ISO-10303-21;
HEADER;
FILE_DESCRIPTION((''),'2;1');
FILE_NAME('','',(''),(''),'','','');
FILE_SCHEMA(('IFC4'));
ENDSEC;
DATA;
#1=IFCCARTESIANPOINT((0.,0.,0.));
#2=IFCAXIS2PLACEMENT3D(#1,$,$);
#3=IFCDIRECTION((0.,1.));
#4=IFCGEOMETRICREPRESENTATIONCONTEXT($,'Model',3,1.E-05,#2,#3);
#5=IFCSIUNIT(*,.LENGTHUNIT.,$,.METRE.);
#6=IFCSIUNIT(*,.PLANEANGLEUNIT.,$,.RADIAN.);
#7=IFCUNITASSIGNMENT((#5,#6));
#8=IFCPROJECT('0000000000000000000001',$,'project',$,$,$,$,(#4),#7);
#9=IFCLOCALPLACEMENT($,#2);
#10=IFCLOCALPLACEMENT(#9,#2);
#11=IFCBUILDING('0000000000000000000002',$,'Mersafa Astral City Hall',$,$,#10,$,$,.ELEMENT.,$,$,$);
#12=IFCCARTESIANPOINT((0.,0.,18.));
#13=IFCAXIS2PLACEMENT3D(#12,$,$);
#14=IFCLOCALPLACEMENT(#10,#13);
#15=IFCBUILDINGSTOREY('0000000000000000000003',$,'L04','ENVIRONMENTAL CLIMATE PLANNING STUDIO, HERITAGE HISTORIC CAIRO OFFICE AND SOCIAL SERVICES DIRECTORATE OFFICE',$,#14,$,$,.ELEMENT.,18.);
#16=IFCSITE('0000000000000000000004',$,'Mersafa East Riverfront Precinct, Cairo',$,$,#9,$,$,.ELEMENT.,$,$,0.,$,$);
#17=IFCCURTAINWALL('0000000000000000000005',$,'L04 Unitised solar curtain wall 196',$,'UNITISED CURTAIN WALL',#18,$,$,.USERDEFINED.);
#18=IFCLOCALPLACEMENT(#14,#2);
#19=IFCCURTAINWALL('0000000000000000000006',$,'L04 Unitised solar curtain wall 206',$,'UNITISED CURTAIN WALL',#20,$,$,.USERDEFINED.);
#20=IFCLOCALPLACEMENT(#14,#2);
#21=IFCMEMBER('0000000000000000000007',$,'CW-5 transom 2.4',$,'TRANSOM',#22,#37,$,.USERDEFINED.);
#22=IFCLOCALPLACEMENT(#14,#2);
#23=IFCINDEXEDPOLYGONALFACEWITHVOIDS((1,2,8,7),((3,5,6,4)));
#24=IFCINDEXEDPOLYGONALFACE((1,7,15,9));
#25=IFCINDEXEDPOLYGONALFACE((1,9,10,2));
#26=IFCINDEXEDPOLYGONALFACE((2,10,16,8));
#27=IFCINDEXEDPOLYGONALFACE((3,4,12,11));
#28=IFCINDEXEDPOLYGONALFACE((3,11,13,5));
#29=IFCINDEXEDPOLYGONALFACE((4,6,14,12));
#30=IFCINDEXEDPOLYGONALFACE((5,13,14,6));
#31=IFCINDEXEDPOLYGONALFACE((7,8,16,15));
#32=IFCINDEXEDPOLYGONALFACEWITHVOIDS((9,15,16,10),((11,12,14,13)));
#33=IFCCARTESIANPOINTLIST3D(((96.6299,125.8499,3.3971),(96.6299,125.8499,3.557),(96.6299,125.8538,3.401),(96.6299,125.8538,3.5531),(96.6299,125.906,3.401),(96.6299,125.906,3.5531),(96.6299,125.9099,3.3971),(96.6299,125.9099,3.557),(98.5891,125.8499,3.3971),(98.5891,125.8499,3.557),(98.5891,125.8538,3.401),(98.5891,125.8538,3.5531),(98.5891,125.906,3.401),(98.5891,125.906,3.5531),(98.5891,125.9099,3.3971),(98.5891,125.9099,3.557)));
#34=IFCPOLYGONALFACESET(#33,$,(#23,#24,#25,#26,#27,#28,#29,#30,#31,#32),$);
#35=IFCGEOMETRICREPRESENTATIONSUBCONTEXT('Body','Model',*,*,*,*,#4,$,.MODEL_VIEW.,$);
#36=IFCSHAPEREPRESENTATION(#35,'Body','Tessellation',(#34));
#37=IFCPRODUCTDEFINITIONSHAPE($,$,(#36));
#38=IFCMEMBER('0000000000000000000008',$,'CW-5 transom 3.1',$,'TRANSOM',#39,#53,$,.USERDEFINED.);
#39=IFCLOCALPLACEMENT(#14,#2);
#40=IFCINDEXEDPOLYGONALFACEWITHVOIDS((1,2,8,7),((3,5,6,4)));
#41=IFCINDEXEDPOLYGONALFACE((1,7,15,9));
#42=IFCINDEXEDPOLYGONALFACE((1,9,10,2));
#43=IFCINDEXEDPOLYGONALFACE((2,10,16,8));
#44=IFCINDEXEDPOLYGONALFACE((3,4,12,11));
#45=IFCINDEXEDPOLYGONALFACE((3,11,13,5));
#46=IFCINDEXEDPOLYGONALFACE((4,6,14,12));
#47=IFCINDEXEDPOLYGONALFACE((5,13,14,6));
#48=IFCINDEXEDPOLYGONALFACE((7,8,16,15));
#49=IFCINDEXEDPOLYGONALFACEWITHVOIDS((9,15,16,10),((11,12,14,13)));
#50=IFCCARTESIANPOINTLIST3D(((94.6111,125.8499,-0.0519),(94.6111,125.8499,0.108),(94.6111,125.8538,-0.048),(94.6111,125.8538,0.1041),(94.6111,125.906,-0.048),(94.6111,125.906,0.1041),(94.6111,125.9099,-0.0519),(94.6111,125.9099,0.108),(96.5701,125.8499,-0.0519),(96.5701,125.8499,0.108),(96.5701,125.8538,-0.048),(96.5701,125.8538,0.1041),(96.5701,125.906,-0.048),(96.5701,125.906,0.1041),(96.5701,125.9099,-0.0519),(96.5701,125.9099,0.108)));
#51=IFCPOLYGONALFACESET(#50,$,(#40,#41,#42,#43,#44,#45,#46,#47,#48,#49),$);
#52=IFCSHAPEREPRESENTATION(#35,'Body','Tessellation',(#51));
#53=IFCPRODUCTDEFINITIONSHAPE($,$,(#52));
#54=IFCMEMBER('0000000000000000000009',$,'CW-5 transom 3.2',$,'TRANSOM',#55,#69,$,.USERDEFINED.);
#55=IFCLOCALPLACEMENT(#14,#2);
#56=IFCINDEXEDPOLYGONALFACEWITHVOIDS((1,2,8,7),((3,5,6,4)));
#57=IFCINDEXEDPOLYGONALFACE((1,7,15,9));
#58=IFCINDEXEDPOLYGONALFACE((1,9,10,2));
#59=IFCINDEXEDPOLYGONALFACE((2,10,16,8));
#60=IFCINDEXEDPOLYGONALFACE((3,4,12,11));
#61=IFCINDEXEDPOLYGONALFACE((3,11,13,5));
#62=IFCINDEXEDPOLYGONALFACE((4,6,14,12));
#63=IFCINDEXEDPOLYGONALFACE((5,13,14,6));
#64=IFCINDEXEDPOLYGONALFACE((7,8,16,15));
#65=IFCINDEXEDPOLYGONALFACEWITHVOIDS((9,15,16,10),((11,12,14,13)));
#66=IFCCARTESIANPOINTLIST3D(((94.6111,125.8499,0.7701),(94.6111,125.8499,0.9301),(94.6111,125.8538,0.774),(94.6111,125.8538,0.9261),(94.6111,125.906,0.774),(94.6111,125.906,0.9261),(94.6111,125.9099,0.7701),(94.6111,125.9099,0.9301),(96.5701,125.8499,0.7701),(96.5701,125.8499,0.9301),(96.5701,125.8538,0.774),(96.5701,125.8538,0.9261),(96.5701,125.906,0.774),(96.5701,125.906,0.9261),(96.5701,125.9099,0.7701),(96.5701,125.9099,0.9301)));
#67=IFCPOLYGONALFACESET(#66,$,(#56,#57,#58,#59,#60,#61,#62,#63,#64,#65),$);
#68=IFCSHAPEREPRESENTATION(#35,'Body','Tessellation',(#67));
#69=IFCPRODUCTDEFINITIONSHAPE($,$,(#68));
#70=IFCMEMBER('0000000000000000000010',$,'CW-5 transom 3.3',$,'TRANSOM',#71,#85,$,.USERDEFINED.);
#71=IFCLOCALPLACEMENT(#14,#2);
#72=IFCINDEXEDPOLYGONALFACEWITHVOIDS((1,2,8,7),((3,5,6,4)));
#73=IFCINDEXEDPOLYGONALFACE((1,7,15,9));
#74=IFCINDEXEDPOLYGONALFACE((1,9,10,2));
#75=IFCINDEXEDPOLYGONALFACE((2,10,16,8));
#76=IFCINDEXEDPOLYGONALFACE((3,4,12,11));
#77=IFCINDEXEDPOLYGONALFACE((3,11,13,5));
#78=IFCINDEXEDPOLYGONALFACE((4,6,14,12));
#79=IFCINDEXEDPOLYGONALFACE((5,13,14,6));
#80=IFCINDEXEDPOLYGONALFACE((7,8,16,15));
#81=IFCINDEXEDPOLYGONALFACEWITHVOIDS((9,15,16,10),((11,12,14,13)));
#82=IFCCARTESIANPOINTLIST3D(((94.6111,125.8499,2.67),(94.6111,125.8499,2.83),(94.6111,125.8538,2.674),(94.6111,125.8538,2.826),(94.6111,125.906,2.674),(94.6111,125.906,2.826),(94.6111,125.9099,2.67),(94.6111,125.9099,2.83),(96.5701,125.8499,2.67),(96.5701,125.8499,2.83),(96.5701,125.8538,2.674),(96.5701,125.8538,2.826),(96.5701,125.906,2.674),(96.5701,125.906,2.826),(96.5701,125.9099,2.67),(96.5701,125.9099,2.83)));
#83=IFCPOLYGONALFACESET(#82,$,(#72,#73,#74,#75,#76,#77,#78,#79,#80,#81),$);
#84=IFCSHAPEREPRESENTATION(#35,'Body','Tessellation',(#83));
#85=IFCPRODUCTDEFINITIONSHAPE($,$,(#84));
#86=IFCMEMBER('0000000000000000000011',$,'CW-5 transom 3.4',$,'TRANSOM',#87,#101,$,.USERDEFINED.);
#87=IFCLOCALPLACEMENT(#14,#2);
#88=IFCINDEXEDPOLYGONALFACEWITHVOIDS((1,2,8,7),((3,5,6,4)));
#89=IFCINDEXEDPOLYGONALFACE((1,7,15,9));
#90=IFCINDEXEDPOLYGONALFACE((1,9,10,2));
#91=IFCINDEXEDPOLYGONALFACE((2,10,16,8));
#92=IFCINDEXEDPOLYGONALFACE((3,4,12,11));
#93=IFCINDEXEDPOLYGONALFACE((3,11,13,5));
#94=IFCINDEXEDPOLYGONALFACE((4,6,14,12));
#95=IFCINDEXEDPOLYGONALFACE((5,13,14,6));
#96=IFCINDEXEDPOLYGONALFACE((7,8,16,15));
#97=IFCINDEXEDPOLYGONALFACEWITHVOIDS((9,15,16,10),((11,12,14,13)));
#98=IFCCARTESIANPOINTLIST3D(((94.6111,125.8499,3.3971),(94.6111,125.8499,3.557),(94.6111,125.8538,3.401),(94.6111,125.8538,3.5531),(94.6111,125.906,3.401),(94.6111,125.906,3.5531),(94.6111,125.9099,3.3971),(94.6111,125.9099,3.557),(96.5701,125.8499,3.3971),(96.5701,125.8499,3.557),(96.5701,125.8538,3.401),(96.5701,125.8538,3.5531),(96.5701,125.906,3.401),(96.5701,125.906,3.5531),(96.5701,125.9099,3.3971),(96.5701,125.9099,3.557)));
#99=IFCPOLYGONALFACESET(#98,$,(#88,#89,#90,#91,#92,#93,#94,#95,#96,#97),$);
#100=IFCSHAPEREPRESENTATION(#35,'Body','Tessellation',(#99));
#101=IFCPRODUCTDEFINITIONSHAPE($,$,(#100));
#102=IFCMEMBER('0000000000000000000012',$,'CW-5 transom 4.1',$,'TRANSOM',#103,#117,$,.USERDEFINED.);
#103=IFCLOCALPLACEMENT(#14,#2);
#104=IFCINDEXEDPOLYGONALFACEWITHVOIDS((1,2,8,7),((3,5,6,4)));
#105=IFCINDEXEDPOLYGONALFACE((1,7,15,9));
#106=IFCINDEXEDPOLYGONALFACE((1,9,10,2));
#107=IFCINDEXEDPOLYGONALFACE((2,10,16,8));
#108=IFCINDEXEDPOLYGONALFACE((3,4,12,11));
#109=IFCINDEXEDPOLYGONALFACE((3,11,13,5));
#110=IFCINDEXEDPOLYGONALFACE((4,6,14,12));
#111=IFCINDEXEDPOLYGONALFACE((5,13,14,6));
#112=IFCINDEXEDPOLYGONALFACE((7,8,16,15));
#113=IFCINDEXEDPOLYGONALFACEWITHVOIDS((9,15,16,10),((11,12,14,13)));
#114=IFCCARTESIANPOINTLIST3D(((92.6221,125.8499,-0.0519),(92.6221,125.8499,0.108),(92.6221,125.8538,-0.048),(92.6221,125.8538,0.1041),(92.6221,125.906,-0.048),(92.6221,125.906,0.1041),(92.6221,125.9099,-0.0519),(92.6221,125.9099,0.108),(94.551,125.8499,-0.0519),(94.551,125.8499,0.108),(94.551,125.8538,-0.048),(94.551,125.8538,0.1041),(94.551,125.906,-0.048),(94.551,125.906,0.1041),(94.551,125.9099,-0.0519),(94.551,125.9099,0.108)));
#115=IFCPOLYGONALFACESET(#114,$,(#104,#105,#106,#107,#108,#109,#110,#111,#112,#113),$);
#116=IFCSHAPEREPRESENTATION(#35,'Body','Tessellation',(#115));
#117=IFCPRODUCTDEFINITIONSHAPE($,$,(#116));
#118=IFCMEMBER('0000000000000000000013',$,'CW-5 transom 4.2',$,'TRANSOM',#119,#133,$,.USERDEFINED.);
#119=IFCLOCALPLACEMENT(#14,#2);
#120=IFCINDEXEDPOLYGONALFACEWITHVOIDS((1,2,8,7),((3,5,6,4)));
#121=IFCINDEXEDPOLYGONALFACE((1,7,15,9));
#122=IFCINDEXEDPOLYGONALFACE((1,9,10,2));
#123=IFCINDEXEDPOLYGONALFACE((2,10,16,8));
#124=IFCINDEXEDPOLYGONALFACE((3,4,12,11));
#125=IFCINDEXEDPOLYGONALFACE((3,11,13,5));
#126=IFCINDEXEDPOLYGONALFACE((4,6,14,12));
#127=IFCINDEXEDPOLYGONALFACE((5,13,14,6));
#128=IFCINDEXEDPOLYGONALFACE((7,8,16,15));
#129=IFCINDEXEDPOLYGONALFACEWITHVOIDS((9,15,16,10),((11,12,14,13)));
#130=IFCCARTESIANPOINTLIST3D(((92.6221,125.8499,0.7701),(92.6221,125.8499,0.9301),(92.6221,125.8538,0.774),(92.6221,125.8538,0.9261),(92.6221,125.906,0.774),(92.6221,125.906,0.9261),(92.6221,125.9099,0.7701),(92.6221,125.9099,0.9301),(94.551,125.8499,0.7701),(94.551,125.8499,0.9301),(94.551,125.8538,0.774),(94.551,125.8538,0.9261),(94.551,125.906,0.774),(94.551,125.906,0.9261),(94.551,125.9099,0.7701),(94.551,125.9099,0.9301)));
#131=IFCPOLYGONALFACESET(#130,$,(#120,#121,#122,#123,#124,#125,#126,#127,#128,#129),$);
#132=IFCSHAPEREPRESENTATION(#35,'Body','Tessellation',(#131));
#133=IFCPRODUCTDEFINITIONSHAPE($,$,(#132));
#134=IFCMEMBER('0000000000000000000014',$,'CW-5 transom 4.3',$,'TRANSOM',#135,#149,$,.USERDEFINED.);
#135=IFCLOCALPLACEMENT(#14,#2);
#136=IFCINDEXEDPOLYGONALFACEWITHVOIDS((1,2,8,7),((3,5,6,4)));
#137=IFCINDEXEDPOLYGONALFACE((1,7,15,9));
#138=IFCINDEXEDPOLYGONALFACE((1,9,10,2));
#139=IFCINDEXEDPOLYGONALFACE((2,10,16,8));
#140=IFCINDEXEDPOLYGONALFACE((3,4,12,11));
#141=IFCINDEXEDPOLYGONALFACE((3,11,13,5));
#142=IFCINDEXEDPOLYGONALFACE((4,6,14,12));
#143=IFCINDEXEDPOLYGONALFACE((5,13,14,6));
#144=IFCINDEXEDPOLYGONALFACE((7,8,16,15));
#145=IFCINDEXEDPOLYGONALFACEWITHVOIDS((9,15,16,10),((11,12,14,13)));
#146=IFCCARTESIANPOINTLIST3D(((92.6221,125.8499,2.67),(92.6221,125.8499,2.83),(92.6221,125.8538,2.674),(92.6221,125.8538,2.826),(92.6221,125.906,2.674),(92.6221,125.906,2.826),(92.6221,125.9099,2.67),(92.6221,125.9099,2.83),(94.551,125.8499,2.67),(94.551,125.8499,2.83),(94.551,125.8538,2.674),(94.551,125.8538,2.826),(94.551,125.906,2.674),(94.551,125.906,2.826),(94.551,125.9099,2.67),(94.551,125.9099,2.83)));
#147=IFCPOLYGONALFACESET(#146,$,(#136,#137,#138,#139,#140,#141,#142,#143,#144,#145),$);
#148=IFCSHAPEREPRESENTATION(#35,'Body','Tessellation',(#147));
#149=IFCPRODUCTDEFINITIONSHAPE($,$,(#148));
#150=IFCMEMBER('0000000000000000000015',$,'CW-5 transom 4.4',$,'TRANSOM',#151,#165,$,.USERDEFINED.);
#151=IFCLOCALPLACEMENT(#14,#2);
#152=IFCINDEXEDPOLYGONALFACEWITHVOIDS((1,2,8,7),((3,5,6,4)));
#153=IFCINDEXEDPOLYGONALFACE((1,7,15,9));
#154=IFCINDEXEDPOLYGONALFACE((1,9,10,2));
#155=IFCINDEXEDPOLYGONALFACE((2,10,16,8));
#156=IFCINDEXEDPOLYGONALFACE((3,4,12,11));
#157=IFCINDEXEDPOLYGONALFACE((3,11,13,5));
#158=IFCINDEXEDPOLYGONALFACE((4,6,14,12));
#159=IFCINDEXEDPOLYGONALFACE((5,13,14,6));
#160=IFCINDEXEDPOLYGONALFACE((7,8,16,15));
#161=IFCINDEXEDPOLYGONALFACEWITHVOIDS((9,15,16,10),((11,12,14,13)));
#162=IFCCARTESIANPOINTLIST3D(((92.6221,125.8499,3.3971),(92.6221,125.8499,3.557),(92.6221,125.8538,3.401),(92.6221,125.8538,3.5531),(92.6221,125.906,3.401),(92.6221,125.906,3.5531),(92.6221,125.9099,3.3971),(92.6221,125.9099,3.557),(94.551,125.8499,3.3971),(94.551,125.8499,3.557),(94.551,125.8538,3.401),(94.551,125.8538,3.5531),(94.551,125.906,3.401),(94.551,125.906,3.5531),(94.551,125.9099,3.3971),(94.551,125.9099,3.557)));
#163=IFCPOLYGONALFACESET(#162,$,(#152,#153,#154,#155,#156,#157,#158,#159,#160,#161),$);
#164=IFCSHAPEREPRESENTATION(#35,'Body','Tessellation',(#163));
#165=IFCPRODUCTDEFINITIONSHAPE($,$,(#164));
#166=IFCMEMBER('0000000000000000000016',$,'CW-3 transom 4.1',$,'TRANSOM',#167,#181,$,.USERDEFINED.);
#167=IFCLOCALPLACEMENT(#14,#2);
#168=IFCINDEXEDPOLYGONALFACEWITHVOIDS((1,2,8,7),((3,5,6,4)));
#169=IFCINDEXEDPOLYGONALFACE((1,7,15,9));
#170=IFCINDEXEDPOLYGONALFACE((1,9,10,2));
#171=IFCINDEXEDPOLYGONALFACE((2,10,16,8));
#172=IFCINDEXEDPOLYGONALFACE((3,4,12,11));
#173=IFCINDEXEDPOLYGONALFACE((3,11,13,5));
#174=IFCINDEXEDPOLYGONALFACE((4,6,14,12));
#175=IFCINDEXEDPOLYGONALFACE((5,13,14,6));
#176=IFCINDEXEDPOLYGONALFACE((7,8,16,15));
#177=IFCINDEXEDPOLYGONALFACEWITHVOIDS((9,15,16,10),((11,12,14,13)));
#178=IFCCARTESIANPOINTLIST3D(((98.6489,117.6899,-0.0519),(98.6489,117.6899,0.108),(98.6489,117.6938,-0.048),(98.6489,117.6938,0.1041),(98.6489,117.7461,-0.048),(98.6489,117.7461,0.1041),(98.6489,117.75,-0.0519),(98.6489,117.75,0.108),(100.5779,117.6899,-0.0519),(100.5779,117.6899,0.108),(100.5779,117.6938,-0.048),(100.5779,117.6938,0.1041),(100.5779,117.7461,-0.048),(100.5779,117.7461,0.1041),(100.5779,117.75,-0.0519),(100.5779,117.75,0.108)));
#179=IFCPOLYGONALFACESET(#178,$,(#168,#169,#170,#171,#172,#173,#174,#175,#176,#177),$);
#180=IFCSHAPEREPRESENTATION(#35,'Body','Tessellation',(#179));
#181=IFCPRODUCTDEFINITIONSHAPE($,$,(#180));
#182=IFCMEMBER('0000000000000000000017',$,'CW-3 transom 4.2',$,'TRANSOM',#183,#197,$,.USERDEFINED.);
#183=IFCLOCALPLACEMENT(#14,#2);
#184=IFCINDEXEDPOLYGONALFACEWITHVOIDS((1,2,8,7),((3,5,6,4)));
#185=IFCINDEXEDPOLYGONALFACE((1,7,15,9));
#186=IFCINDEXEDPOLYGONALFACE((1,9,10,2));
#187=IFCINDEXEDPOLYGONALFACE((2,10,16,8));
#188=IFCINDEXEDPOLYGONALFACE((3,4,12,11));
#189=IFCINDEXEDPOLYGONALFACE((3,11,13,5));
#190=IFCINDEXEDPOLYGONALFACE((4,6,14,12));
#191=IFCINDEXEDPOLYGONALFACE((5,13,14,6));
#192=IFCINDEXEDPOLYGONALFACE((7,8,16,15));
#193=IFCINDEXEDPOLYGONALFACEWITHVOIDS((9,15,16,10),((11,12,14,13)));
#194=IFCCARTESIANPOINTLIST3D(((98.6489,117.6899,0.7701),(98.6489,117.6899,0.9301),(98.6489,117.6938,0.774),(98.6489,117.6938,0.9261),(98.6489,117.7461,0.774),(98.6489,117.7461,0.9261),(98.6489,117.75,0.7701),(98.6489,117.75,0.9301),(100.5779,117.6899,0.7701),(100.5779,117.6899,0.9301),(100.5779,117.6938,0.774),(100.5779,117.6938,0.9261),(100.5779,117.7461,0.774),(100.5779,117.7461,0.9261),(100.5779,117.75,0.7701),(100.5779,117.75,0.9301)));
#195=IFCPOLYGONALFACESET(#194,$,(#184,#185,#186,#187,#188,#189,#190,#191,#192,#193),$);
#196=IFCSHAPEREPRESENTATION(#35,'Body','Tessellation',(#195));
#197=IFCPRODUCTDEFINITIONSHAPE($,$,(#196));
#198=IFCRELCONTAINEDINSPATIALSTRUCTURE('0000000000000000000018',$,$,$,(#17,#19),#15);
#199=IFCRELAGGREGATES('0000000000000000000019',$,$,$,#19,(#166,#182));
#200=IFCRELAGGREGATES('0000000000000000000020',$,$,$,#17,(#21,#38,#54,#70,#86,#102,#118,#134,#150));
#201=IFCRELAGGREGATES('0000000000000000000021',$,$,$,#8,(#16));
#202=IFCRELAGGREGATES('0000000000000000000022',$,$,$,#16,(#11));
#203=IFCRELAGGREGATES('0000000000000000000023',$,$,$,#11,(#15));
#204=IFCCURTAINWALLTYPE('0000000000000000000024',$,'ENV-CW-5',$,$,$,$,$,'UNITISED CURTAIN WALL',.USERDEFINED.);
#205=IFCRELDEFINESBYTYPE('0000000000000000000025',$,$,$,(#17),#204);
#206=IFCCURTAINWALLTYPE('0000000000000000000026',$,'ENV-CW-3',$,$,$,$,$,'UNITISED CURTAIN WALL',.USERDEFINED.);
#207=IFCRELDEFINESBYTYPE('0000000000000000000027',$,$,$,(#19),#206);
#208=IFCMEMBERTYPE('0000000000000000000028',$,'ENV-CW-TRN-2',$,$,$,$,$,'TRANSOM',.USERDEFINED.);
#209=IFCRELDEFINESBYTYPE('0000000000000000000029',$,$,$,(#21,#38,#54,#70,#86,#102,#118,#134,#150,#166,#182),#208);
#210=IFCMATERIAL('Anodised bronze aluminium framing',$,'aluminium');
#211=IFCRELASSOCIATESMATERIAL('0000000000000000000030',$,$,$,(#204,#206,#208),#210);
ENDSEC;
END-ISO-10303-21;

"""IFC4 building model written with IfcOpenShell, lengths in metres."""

from ifc_helpers import new_model, si_unit, direction, frame, origin, origin_2d, place, context, subcontext, project, spatial, hollow_rectangle, extrude, material, material_profile, profile_set, type_object, element, aggregate, save


model = new_model("IFC4")

# Units and contexts
model_context = context("Model", 3, precision=1e-05, world=origin(), true_north=direction((0.0, 1.0)))
body_context = subcontext(model_context, "Body", "Model", "MODEL_VIEW")
ifc_project = project(units=[si_unit("LENGTHUNIT", "METRE"), si_unit("PLANEANGLEUNIT", "RADIAN")], contexts=[model_context])

# Site, building, storey
site_placement = place(None, origin())
site = spatial("IfcSite", under=ifc_project, at=site_placement, Name="Mersafa East Riverfront Precinct, Cairo", CompositionType="ELEMENT", RefElevation=0.0)
building_placement = place(site_placement, origin())
building = spatial("IfcBuilding", under=site, at=building_placement, Name="Mersafa Astral City Hall", CompositionType="ELEMENT")
storey_placement = place(building_placement, frame((0.0, 0.0, 18.0)))
storey = spatial("IfcBuildingStorey", under=building, at=storey_placement, Name="L04", Description="ENVIRONMENTAL CLIMATE PLANNING STUDIO, HERITAGE HISTORIC CAIRO OFFICE AND SOCIAL SERVICES DIRECTORATE OFFICE", CompositionType="ELEMENT", Elevation=18.0)

# Curtain wall
ifc_material_1 = material(Name="Anodised bronze aluminium framing", Category="aluminium")
curtain_wall_type_1 = type_object("IfcCurtainWallType", Name="ENV-CW-5", ElementType="UNITISED CURTAIN WALL", PredefinedType="USERDEFINED", material=ifc_material_1)
curtain_wall_1_placement = place(storey_placement, origin())
curtain_wall_1 = element("IfcCurtainWall", 1, at=curtain_wall_1_placement, inside=storey, type_object=curtain_wall_type_1, Name="L04 Unitised solar curtain wall 196", ObjectType="UNITISED CURTAIN WALL", PredefinedType="USERDEFINED")

# Curtain wall
curtain_wall_type_2 = type_object("IfcCurtainWallType", Name="ENV-CW-3", ElementType="UNITISED CURTAIN WALL", PredefinedType="USERDEFINED", material=ifc_material_1)
curtain_wall_2_placement = place(storey_placement, origin())
curtain_wall_2 = element("IfcCurtainWall", 2, at=curtain_wall_2_placement, inside=storey, type_object=curtain_wall_type_2, Name="L04 Unitised solar curtain wall 206", ObjectType="UNITISED CURTAIN WALL", PredefinedType="USERDEFINED")

# Members
ifc_material_profile_1 = material_profile(ifc_material_1, hollow_rectangle(XDim=0.0601, YDim=0.1599, WallThickness=0.0039, at=origin_2d()), Name="RHS 60x160x4")
ifc_profile_set_1 = profile_set([ifc_material_profile_1], Name="Anodised bronze aluminium framing")
member_type_1 = type_object("IfcMemberType", Name="ENV-CW-TRN-2", ElementType="TRANSOM", PredefinedType="USERDEFINED", material=ifc_profile_set_1)
member_1_placement = place(storey_placement, frame((98.5891, 125.8799, 3.4771), z_axis=(-1.0, 0.0, 0.0), x_axis=(0.0, -1.0, 0.0)))
member_1 = element("IfcMember", 3, at=member_1_placement, type_object=member_type_1, Name="CW-5 transom 2.4", ObjectType="TRANSOM", PredefinedType="USERDEFINED", context=body_context, shape_type="SweptSolid", body=[
    extrude(hollow_rectangle(XDim=0.0601, YDim=0.1599, WallThickness=0.0039, at=origin_2d()), origin(), (0.0, 0.0, 1.0), 1.9592),
])
member_2_placement = place(storey_placement, frame((96.5701, 125.8799, 0.0281), z_axis=(-1.0, 0.0, 0.0), x_axis=(0.0, -1.0, 0.0)))
member_2 = element("IfcMember", 4, at=member_2_placement, type_object=member_type_1, Name="CW-5 transom 3.1", ObjectType="TRANSOM", PredefinedType="USERDEFINED", context=body_context, shape_type="SweptSolid", body=[
    extrude(hollow_rectangle(XDim=0.0601, YDim=0.1599, WallThickness=0.0039, at=origin_2d()), origin(), (0.0, 0.0, 1.0), 1.959),
])
member_3_placement = place(storey_placement, frame((96.5701, 125.8799, 0.8501), z_axis=(-1.0, 0.0, 0.0), x_axis=(0.0, -1.0, 0.0)))
member_3 = element("IfcMember", 5, at=member_3_placement, type_object=member_type_1, Name="CW-5 transom 3.2", ObjectType="TRANSOM", PredefinedType="USERDEFINED", context=body_context, shape_type="SweptSolid", body=[
    extrude(hollow_rectangle(XDim=0.0601, YDim=0.1599, WallThickness=0.0039, at=origin_2d()), origin(), (0.0, 0.0, 1.0), 1.959),
])
member_4_placement = place(storey_placement, frame((96.5701, 125.8799, 2.75), z_axis=(-1.0, 0.0, 0.0), x_axis=(0.0, -1.0, 0.0)))
member_4 = element("IfcMember", 6, at=member_4_placement, type_object=member_type_1, Name="CW-5 transom 3.3", ObjectType="TRANSOM", PredefinedType="USERDEFINED", context=body_context, shape_type="SweptSolid", body=[
    extrude(hollow_rectangle(XDim=0.0601, YDim=0.1599, WallThickness=0.0039, at=origin_2d()), origin(), (0.0, 0.0, 1.0), 1.959),
])
member_5_placement = place(storey_placement, frame((96.5701, 125.8799, 3.4771), z_axis=(-1.0, 0.0, 0.0), x_axis=(0.0, -1.0, 0.0)))
member_5 = element("IfcMember", 7, at=member_5_placement, type_object=member_type_1, Name="CW-5 transom 3.4", ObjectType="TRANSOM", PredefinedType="USERDEFINED", context=body_context, shape_type="SweptSolid", body=[
    extrude(hollow_rectangle(XDim=0.0601, YDim=0.1599, WallThickness=0.0039, at=origin_2d()), origin(), (0.0, 0.0, 1.0), 1.959),
])
member_6_placement = place(storey_placement, frame((94.551, 125.8799, 0.0281), z_axis=(-1.0, 0.0, 0.0), x_axis=(0.0, -1.0, 0.0)))
member_6 = element("IfcMember", 8, at=member_6_placement, type_object=member_type_1, Name="CW-5 transom 4.1", ObjectType="TRANSOM", PredefinedType="USERDEFINED", context=body_context, shape_type="SweptSolid", body=[
    extrude(hollow_rectangle(XDim=0.0601, YDim=0.1599, WallThickness=0.0039, at=origin_2d()), origin(), (0.0, 0.0, 1.0), 1.929),
])
member_7_placement = place(storey_placement, frame((94.551, 125.8799, 0.8501), z_axis=(-1.0, 0.0, 0.0), x_axis=(0.0, -1.0, 0.0)))
member_7 = element("IfcMember", 9, at=member_7_placement, type_object=member_type_1, Name="CW-5 transom 4.2", ObjectType="TRANSOM", PredefinedType="USERDEFINED", context=body_context, shape_type="SweptSolid", body=[
    extrude(hollow_rectangle(XDim=0.0601, YDim=0.1599, WallThickness=0.0039, at=origin_2d()), origin(), (0.0, 0.0, 1.0), 1.929),
])
member_8_placement = place(storey_placement, frame((94.551, 125.8799, 2.75), z_axis=(-1.0, 0.0, 0.0), x_axis=(0.0, -1.0, 0.0)))
member_8 = element("IfcMember", 10, at=member_8_placement, type_object=member_type_1, Name="CW-5 transom 4.3", ObjectType="TRANSOM", PredefinedType="USERDEFINED", context=body_context, shape_type="SweptSolid", body=[
    extrude(hollow_rectangle(XDim=0.0601, YDim=0.1599, WallThickness=0.0039, at=origin_2d()), origin(), (0.0, 0.0, 1.0), 1.929),
])
member_9_placement = place(storey_placement, frame((94.551, 125.8799, 3.4771), z_axis=(-1.0, 0.0, 0.0), x_axis=(0.0, -1.0, 0.0)))
member_9 = element("IfcMember", 11, at=member_9_placement, type_object=member_type_1, Name="CW-5 transom 4.4", ObjectType="TRANSOM", PredefinedType="USERDEFINED", context=body_context, shape_type="SweptSolid", body=[
    extrude(hollow_rectangle(XDim=0.0601, YDim=0.1599, WallThickness=0.0039, at=origin_2d()), origin(), (0.0, 0.0, 1.0), 1.929),
])
member_10_placement = place(storey_placement, frame((98.6489, 117.72, 0.0281), z_axis=(1.0, 0.0, 0.0), x_axis=(0.0, 1.0, 0.0)))
member_10 = element("IfcMember", 12, at=member_10_placement, type_object=member_type_1, Name="CW-3 transom 4.1", ObjectType="TRANSOM", PredefinedType="USERDEFINED", context=body_context, shape_type="SweptSolid", body=[
    extrude(hollow_rectangle(XDim=0.0601, YDim=0.1599, WallThickness=0.0039, at=origin_2d()), origin(), (0.0, 0.0, 1.0), 1.929),
])
member_11_placement = place(storey_placement, frame((98.6489, 117.72, 0.8501), z_axis=(1.0, 0.0, 0.0), x_axis=(0.0, 1.0, 0.0)))
member_11 = element("IfcMember", 13, at=member_11_placement, type_object=member_type_1, Name="CW-3 transom 4.2", ObjectType="TRANSOM", PredefinedType="USERDEFINED", context=body_context, shape_type="SweptSolid", body=[
    extrude(hollow_rectangle(XDim=0.0601, YDim=0.1599, WallThickness=0.0039, at=origin_2d()), origin(), (0.0, 0.0, 1.0), 1.929),
])
aggregate(curtain_wall_2, [member_10, member_11])

aggregate(curtain_wall_1, [member_1, member_2, member_3, member_4, member_5, member_6, member_7, member_8, member_9])

save(model, "model.ifc")
